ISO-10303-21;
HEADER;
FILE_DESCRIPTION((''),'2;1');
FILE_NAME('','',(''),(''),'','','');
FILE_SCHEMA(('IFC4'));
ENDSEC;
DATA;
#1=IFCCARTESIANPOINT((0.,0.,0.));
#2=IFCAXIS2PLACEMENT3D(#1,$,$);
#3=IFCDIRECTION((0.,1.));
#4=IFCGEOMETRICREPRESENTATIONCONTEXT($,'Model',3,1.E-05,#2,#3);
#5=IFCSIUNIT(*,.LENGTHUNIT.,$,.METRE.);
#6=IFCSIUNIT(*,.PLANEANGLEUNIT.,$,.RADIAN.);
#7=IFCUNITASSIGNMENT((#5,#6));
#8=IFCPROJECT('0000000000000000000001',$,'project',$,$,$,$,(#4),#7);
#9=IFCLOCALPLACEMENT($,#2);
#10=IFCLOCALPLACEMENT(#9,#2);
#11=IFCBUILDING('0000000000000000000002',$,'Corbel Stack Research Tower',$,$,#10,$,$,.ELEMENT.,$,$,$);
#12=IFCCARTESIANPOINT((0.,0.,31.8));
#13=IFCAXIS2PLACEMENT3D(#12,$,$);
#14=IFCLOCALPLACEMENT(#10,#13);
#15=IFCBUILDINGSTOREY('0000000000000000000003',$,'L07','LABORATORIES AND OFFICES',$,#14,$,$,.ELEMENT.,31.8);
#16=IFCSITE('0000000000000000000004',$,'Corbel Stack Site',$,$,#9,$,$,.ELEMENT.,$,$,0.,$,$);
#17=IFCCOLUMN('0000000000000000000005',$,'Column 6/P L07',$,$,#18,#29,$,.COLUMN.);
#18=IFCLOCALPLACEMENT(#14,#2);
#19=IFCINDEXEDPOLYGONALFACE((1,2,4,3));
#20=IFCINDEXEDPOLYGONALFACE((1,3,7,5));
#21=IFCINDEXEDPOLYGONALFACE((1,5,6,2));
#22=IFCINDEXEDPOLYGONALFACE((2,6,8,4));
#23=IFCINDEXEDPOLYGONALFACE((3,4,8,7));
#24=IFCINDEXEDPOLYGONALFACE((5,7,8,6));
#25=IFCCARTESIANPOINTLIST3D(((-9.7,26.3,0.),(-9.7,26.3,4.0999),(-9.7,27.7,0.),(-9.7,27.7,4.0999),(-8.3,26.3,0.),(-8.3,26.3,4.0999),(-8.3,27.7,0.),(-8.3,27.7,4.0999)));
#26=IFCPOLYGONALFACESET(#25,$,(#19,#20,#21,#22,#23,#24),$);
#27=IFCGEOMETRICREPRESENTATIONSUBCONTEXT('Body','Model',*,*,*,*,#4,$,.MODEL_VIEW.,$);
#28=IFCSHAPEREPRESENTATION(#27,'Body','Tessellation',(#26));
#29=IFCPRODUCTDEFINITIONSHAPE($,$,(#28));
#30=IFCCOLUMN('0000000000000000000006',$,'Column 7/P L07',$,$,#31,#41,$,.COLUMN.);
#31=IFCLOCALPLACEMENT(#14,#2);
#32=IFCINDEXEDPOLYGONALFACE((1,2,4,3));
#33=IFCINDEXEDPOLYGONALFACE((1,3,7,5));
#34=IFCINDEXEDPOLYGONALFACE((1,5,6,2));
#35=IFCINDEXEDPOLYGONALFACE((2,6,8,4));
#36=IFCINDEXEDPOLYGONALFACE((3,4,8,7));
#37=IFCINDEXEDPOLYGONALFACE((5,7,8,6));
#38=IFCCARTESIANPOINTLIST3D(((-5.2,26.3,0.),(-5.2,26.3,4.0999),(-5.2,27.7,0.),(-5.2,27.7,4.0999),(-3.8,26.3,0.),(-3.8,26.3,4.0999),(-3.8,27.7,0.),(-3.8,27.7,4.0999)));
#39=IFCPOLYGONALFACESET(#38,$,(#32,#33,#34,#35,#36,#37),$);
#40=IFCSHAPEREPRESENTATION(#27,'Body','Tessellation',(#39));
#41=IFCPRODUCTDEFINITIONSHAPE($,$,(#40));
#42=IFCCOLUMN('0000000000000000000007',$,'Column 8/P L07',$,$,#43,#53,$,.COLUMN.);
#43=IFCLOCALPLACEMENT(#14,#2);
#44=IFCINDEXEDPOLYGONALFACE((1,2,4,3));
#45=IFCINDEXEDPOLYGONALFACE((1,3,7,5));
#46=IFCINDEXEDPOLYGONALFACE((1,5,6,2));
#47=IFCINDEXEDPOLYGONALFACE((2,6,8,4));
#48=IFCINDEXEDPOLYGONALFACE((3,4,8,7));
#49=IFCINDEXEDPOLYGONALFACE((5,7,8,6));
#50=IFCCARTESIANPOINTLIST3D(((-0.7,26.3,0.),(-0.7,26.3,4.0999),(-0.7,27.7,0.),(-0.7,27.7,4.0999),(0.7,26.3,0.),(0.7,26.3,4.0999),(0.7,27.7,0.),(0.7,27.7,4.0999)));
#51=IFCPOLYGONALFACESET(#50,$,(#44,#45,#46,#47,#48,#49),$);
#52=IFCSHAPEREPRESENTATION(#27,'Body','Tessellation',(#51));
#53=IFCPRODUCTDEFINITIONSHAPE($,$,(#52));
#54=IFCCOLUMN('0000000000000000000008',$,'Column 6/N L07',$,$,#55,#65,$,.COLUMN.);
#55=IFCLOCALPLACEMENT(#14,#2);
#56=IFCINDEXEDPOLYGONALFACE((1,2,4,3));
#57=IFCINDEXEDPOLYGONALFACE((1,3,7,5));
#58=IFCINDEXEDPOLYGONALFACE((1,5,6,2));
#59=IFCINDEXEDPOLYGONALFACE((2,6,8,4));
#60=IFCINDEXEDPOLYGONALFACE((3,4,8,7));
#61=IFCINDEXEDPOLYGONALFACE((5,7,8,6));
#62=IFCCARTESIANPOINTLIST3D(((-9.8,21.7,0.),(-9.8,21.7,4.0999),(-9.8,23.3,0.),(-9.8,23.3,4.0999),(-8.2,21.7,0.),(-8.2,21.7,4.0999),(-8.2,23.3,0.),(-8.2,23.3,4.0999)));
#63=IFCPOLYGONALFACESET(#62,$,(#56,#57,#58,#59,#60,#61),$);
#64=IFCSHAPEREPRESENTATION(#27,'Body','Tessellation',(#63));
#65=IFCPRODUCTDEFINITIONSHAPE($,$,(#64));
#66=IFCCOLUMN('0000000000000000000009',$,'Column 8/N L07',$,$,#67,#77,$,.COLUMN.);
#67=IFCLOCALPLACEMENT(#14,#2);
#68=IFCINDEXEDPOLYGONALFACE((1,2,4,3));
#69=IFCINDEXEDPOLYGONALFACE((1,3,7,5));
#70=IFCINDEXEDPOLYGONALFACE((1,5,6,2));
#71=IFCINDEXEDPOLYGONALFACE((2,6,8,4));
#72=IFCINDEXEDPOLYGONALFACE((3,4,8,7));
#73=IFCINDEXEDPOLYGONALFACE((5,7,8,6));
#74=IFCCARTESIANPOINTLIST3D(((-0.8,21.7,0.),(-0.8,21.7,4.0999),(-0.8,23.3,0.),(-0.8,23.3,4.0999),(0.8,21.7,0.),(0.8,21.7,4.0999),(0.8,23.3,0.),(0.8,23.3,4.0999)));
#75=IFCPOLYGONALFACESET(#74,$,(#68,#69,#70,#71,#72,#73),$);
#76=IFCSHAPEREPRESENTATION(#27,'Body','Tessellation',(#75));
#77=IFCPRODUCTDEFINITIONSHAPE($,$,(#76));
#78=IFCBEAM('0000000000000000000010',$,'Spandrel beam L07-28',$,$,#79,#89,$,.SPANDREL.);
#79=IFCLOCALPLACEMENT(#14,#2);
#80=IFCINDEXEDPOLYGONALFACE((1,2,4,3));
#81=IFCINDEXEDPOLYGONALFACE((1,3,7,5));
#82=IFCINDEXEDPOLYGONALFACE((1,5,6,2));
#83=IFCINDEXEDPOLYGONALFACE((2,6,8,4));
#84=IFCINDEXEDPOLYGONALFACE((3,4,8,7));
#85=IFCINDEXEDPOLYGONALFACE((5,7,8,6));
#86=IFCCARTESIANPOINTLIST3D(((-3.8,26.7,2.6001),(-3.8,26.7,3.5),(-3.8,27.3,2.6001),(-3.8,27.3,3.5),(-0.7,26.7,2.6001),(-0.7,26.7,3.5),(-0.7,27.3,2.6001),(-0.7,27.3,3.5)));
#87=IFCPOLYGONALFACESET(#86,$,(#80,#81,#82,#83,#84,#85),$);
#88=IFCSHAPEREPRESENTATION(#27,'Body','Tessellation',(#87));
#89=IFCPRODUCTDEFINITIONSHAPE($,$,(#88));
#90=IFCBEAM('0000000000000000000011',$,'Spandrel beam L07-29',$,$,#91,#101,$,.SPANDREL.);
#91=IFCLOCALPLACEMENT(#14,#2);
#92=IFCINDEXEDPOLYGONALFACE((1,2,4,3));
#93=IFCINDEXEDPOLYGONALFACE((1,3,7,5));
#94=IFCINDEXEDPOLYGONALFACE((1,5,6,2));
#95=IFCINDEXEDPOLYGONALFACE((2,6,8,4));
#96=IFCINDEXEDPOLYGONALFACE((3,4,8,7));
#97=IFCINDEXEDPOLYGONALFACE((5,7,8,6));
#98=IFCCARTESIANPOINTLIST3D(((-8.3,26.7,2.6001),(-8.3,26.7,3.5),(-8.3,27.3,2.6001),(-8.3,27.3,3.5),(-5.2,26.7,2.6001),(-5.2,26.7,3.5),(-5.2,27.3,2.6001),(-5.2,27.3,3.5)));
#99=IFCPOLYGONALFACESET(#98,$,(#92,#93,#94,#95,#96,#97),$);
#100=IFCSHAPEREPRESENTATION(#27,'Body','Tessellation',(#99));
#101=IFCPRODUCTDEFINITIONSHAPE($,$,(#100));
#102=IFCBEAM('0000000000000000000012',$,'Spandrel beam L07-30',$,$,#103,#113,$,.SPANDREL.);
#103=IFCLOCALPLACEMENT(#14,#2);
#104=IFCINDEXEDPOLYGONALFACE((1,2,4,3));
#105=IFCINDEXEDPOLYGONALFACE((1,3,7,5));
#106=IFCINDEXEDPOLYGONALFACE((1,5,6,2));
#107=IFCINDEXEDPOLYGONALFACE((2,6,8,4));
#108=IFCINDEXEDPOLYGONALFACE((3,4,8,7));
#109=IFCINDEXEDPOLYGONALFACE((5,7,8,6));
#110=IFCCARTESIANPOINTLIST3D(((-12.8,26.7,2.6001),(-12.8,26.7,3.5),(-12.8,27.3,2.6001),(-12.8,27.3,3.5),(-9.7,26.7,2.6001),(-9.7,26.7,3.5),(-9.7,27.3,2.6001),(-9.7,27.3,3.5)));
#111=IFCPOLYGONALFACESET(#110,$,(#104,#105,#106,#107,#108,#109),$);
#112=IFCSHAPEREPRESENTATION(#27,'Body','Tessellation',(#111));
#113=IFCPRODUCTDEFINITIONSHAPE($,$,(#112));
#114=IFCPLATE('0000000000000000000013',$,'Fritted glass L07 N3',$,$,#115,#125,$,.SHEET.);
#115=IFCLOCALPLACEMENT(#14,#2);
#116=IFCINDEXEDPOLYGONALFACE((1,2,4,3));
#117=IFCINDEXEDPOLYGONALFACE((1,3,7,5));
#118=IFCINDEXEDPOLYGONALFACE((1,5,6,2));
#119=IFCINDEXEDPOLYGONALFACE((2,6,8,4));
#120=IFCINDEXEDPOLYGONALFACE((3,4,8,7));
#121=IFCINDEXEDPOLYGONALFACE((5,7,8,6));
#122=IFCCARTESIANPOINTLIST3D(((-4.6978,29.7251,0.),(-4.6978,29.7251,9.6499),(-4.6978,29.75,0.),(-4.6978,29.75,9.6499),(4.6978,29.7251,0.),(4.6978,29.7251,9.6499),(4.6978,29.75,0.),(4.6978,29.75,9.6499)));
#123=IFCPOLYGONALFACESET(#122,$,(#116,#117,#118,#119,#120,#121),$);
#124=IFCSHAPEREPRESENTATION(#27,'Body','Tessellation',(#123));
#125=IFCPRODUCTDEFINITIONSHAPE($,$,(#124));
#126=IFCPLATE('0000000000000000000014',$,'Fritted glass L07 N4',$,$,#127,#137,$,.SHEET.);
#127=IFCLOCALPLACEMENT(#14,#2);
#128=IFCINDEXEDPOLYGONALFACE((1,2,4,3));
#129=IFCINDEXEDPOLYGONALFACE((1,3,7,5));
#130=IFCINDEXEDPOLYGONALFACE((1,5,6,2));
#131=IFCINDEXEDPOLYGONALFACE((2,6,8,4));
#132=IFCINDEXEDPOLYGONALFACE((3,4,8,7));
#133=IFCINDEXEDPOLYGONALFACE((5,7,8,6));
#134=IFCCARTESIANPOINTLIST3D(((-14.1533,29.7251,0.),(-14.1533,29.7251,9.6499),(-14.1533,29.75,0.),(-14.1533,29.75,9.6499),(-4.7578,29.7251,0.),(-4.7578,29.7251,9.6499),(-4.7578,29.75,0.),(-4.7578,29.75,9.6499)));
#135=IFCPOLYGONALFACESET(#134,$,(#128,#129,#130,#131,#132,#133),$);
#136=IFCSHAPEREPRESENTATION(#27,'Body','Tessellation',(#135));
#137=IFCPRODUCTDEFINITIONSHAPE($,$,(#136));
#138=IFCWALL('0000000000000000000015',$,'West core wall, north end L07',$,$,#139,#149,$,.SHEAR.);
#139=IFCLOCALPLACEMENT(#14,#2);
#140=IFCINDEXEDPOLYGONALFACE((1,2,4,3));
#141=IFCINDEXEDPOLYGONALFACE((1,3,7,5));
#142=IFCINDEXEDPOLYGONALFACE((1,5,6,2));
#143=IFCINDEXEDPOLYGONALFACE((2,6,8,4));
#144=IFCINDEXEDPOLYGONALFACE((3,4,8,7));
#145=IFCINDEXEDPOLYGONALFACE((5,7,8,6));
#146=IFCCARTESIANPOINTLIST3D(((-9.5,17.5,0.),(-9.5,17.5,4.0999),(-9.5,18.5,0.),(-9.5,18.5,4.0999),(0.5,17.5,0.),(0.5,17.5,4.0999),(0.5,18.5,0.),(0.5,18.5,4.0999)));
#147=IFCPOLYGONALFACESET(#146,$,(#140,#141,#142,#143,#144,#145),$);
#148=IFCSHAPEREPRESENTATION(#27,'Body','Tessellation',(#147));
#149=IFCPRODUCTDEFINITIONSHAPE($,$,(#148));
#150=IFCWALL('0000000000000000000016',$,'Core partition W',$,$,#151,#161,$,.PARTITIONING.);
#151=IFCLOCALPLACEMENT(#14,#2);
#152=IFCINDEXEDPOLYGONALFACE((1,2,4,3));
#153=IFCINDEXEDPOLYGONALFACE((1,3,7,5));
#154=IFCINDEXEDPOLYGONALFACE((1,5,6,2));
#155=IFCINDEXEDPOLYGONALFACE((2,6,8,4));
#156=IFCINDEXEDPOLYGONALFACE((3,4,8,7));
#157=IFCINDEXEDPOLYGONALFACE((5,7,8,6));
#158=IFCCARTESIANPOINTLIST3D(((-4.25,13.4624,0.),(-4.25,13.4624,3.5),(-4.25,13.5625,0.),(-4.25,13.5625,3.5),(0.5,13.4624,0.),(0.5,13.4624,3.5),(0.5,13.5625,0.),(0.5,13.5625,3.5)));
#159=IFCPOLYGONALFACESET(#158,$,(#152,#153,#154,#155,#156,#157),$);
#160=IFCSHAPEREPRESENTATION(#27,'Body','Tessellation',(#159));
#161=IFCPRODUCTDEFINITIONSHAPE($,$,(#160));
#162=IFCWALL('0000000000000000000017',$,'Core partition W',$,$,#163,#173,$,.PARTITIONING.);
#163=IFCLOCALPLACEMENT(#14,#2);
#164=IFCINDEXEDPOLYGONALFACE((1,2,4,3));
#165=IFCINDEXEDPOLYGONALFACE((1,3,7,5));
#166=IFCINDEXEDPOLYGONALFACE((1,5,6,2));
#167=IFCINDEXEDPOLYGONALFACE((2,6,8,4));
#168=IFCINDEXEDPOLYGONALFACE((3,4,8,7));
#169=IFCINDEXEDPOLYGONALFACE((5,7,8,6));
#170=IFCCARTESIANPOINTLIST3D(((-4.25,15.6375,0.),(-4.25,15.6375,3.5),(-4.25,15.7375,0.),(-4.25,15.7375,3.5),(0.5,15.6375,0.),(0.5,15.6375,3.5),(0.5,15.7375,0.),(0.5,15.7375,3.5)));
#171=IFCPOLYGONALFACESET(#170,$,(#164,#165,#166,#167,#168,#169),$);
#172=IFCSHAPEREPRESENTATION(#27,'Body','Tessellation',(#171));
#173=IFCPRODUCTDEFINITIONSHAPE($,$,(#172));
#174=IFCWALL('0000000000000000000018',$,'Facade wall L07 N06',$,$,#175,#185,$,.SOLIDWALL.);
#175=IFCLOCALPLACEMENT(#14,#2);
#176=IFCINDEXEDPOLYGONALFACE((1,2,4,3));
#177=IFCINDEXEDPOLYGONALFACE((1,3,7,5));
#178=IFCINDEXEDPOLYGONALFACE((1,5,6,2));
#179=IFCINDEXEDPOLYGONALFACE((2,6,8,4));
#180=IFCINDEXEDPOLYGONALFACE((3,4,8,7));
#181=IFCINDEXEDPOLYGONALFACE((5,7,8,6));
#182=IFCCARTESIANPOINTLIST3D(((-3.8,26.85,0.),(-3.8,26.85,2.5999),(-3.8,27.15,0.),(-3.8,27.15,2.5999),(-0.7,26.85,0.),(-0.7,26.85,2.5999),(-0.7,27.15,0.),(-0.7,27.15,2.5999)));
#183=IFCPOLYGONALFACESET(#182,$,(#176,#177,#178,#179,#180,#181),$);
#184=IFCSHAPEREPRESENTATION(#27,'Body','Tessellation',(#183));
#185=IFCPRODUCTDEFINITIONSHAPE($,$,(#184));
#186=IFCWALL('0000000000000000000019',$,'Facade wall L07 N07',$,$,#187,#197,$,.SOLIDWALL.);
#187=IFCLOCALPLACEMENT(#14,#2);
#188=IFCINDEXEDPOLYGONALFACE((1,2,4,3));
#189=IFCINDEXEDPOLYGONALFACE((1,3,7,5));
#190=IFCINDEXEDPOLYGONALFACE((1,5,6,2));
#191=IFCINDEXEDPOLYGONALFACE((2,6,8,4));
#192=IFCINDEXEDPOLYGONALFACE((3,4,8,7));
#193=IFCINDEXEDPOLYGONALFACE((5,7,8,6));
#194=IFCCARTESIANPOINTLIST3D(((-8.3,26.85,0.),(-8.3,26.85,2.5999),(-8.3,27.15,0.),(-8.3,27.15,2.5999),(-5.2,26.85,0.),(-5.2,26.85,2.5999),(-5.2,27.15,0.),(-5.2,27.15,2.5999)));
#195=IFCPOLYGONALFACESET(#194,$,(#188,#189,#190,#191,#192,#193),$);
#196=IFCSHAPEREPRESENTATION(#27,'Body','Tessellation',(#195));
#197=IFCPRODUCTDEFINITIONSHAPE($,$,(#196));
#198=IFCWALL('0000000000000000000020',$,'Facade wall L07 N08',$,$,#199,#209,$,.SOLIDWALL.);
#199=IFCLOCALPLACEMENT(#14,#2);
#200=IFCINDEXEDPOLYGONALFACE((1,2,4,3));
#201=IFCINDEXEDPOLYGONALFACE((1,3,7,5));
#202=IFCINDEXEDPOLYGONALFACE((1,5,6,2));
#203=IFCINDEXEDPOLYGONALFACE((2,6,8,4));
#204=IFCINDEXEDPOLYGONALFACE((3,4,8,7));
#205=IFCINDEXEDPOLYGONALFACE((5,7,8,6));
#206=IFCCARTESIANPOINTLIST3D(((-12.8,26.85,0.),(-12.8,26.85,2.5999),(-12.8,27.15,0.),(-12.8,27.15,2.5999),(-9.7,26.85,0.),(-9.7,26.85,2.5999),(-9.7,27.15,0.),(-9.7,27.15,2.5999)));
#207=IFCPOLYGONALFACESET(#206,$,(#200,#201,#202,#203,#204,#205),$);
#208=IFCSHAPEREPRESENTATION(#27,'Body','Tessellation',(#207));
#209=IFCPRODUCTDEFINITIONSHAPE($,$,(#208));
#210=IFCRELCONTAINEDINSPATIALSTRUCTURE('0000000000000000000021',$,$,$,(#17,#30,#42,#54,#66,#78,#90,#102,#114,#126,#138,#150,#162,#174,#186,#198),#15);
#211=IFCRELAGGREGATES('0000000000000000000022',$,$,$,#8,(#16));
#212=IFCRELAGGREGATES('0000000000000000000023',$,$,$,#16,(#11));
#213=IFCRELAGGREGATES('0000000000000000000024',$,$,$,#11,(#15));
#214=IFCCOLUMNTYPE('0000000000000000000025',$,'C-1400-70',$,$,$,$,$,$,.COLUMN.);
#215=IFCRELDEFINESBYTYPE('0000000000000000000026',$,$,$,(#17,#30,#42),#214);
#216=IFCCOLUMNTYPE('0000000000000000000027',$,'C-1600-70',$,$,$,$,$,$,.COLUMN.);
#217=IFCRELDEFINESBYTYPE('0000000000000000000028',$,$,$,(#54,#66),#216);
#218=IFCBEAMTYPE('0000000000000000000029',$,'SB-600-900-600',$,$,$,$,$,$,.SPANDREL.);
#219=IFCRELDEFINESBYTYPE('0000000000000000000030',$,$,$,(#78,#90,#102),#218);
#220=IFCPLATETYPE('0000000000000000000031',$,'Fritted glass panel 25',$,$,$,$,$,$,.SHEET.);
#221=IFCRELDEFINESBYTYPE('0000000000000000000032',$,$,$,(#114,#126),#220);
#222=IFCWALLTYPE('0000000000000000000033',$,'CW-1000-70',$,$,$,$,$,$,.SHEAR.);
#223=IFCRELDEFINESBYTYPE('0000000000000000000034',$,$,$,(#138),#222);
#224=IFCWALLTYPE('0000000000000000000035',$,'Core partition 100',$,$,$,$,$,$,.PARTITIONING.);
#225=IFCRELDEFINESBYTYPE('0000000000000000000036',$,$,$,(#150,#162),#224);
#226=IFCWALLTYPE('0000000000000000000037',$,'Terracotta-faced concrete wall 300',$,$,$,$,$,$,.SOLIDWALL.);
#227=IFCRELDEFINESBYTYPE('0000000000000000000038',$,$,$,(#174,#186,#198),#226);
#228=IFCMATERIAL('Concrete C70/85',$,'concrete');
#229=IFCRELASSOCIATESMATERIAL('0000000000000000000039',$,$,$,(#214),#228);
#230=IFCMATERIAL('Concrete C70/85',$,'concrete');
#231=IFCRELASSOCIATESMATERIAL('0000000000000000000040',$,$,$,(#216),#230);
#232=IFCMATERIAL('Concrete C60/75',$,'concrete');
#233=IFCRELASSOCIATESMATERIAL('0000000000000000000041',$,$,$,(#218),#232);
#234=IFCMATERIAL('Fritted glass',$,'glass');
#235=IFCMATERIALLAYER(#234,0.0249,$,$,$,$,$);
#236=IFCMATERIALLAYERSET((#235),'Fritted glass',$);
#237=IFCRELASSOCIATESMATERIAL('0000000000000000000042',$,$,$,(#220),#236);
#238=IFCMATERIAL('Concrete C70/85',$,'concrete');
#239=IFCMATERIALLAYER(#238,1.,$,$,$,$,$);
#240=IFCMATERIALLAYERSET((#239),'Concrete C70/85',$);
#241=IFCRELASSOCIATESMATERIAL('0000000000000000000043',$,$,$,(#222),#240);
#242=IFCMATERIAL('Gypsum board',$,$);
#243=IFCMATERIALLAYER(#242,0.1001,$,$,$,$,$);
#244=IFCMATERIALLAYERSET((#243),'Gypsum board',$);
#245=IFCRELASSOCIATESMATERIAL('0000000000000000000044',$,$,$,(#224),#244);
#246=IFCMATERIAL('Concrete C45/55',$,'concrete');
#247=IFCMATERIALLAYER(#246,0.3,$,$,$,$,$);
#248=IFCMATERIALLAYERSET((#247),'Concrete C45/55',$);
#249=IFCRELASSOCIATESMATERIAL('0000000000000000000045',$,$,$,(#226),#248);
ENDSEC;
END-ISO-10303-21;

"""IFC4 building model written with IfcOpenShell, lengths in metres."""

from ifc_helpers import new_model, si_unit, direction, frame, frame_2d, origin, origin_2d, place, context, subcontext, project, spatial, rectangle, extrude, material, layer, layer_set, material_profile, profile_set, type_object, element, save


model = new_model("IFC4")

# Units and contexts
model_context = context("Model", 3, precision=1e-05, world=origin(), true_north=direction((0.0, 1.0)))
body_context = subcontext(model_context, "Body", "Model", "MODEL_VIEW")
ifc_project = project(units=[si_unit("LENGTHUNIT", "METRE"), si_unit("PLANEANGLEUNIT", "RADIAN")], contexts=[model_context])

# Site, building, storey
site_placement = place(None, origin())
site = spatial("IfcSite", under=ifc_project, at=site_placement, Name="Corbel Stack Site", CompositionType="ELEMENT", RefElevation=0.0)
building_placement = place(site_placement, origin())
building = spatial("IfcBuilding", under=site, at=building_placement, Name="Corbel Stack Research Tower", CompositionType="ELEMENT")
storey_placement = place(building_placement, frame((0.0, 0.0, 31.8)))
storey = spatial("IfcBuildingStorey", under=building, at=storey_placement, Name="L07", Description="LABORATORIES AND OFFICES", CompositionType="ELEMENT", Elevation=31.8)

# Columns
ifc_material_1 = material(Name="Concrete C70/85", Category="concrete")
ifc_material_profile_1 = material_profile(ifc_material_1, rectangle(XDim=1.3999, YDim=1.3999, at=origin_2d()), Name="RC 1400 x 1400")
ifc_profile_set_1 = profile_set([ifc_material_profile_1], Name="Concrete C70/85")
column_type_1 = type_object("IfcColumnType", Name="C-1400-70", PredefinedType="COLUMN", material=ifc_profile_set_1)
for number, where, z_axis, x_axis, name in (
    (1, (-9.0, 27.0, 0.0), (0.0, 0.0, 1.0), (1.0, 0.0, 0.0), "Column 6/P L07"),
    (2, (-4.5, 27.0, 0.0), (0.0, 0.0, 1.0), (1.0, 0.0, 0.0), "Column 7/P L07"),
    (3, (0.0, 27.0, 0.0), (0.0, 0.0, 1.0), (1.0, 0.0, 0.0), "Column 8/P L07"),
):
    element("IfcColumn", number, at=place(storey_placement, frame(where, z_axis=z_axis, x_axis=x_axis)), inside=storey, type_object=column_type_1, Name=name, PredefinedType="COLUMN", context=body_context, shape_type="SweptSolid", body=[
        extrude(rectangle(XDim=1.3999, YDim=1.3999, at=origin_2d()), origin(), (0.0, 0.0, 1.0), 4.0999),
    ])
ifc_material_2 = material(Name="Concrete C70/85", Category="concrete")
ifc_material_profile_2 = material_profile(ifc_material_2, rectangle(XDim=1.6001, YDim=1.6001, at=origin_2d()), Name="RC 1600 x 1600")
ifc_profile_set_2 = profile_set([ifc_material_profile_2], Name="Concrete C70/85")
column_type_2 = type_object("IfcColumnType", Name="C-1600-70", PredefinedType="COLUMN", material=ifc_profile_set_2)
for number, where, z_axis, x_axis, name in (
    (4, (-9.0, 22.5, 0.0), (0.0, 0.0, 1.0), (1.0, 0.0, 0.0), "Column 6/N L07"),
    (5, (0.0, 22.5, 0.0), (0.0, 0.0, 1.0), (1.0, 0.0, 0.0), "Column 8/N L07"),
):
    element("IfcColumn", number, at=place(storey_placement, frame(where, z_axis=z_axis, x_axis=x_axis)), inside=storey, type_object=column_type_2, Name=name, PredefinedType="COLUMN", context=body_context, shape_type="SweptSolid", body=[
        extrude(rectangle(XDim=1.6001, YDim=1.6001, at=origin_2d()), origin(), (0.0, 0.0, 1.0), 4.0999),
    ])

# Beams
ifc_material_3 = material(Name="Concrete C60/75", Category="concrete")
ifc_material_profile_3 = material_profile(ifc_material_3, rectangle(XDim=0.6001, YDim=0.8999, at=origin_2d()), Name="RC 600 x 900")
ifc_profile_set_3 = profile_set([ifc_material_profile_3], Name="Concrete C60/75")
beam_type = type_object("IfcBeamType", Name="SB-600-900-600", PredefinedType="SPANDREL", material=ifc_profile_set_3)
for number, where, z_axis, x_axis, name in (
    (6, (-0.7, 27.0, 3.05), (-1.0, 0.0, 0.0), (0.0, -1.0, 0.0), "Spandrel beam L07-28"),
    (7, (-5.2, 27.0, 3.05), (-1.0, 0.0, 0.0), (0.0, -1.0, 0.0), "Spandrel beam L07-29"),
    (8, (-9.7, 27.0, 3.05), (-1.0, 0.0, 0.0), (0.0, -1.0, 0.0), "Spandrel beam L07-30"),
):
    element("IfcBeam", number, at=place(storey_placement, frame(where, z_axis=z_axis, x_axis=x_axis)), inside=storey, type_object=beam_type, Name=name, PredefinedType="SPANDREL", context=body_context, shape_type="SweptSolid", body=[
        extrude(rectangle(XDim=0.6001, YDim=0.8999, at=origin_2d()), origin(), (0.0, 0.0, 1.0), 3.1001),
    ])

# Plates
ifc_material_4 = material(Name="Fritted glass", Category="glass")
ifc_layer_1 = layer(ifc_material_4, 0.0249)
ifc_layer_set_1 = layer_set([ifc_layer_1], Name="Fritted glass")
plate_type = type_object("IfcPlateType", Name="Fritted glass panel 25", PredefinedType="SHEET", material=ifc_layer_set_1)
for number, where, z_axis, x_axis, name in (
    (9, (0.0, 29.7375, 0.0), (0.0, 0.0, 1.0), (-1.0, 0.0, 0.0), "Fritted glass L07 N3"),
    (10, (-9.4556, 29.7375, 0.0), (0.0, 0.0, 1.0), (-1.0, 0.0, 0.0), "Fritted glass L07 N4"),
):
    element("IfcPlate", number, at=place(storey_placement, frame(where, z_axis=z_axis, x_axis=x_axis)), inside=storey, type_object=plate_type, Name=name, PredefinedType="SHEET", context=body_context, shape_type="SweptSolid", body=[
        extrude(rectangle(XDim=9.3955, YDim=0.0249, at=origin_2d()), origin(), (0.0, 0.0, 1.0), 9.6499),
    ])

# Walls
ifc_material_5 = material(Name="Concrete C70/85", Category="concrete")
ifc_layer_2 = layer(ifc_material_5, 1.0)
ifc_layer_set_2 = layer_set([ifc_layer_2], Name="Concrete C70/85")
wall_type_1 = type_object("IfcWallType", Name="CW-1000-70", PredefinedType="SHEAR", material=ifc_layer_set_2)
wall_placement = place(storey_placement, frame((-9.5, 18.0, 0.0), z_axis=(0.0, 0.0, 1.0), x_axis=(1.0, 0.0, 0.0)))
element("IfcWall", 11, at=wall_placement, inside=storey, type_object=wall_type_1, Name="West core wall, north end L07", PredefinedType="SHEAR", context=body_context, shape_type="SweptSolid", body=[
    extrude(rectangle(XDim=10.0, YDim=1.0, at=frame_2d((5.0, 0.0))), origin(), (0.0, 0.0, 1.0), 4.0999),
])
ifc_material_6 = material(Name="Gypsum board")
ifc_layer_3 = layer(ifc_material_6, 0.1001)
ifc_layer_set_3 = layer_set([ifc_layer_3], Name="Gypsum board")
wall_type_2 = type_object("IfcWallType", Name="Core partition 100", PredefinedType="PARTITIONING", material=ifc_layer_set_3)
for number, where, z_axis, x_axis, name in (
    (12, (-4.25, 13.5125, 0.0), (0.0, 0.0, 1.0), (1.0, 0.0, 0.0), "Core partition W"),
    (13, (-4.25, 15.6875, 0.0), (0.0, 0.0, 1.0), (1.0, 0.0, 0.0), "Core partition W"),
):
    element("IfcWall", number, at=place(storey_placement, frame(where, z_axis=z_axis, x_axis=x_axis)), inside=storey, type_object=wall_type_2, Name=name, PredefinedType="PARTITIONING", context=body_context, shape_type="SweptSolid", body=[
        extrude(rectangle(XDim=4.75, YDim=0.1001, at=frame_2d((2.375, 0.0))), origin(), (0.0, 0.0, 1.0), 3.5),
    ])
ifc_material_7 = material(Name="Concrete C45/55", Category="concrete")
ifc_layer_4 = layer(ifc_material_7, 0.3)
ifc_layer_set_4 = layer_set([ifc_layer_4], Name="Concrete C45/55")
wall_type_3 = type_object("IfcWallType", Name="Terracotta-faced concrete wall 300", PredefinedType="SOLIDWALL", material=ifc_layer_set_4)
for number, where, z_axis, x_axis, name in (
    (14, (-3.8, 27.0, 0.0), (0.0, 0.0, 1.0), (1.0, 0.0, 0.0), "Facade wall L07 N06"),
    (15, (-8.3, 27.0, 0.0), (0.0, 0.0, 1.0), (1.0, 0.0, 0.0), "Facade wall L07 N07"),
    (16, (-12.8, 27.0, 0.0), (0.0, 0.0, 1.0), (1.0, 0.0, 0.0), "Facade wall L07 N08"),
):
    element("IfcWall", number, at=place(storey_placement, frame(where, z_axis=z_axis, x_axis=x_axis)), inside=storey, type_object=wall_type_3, Name=name, PredefinedType="SOLIDWALL", context=body_context, shape_type="SweptSolid", body=[
        extrude(rectangle(XDim=3.1001, YDim=0.3, at=frame_2d((1.55, 0.0))), origin(), (0.0, 0.0, 1.0), 2.5999),
    ])

save(model, "model.ifc")
